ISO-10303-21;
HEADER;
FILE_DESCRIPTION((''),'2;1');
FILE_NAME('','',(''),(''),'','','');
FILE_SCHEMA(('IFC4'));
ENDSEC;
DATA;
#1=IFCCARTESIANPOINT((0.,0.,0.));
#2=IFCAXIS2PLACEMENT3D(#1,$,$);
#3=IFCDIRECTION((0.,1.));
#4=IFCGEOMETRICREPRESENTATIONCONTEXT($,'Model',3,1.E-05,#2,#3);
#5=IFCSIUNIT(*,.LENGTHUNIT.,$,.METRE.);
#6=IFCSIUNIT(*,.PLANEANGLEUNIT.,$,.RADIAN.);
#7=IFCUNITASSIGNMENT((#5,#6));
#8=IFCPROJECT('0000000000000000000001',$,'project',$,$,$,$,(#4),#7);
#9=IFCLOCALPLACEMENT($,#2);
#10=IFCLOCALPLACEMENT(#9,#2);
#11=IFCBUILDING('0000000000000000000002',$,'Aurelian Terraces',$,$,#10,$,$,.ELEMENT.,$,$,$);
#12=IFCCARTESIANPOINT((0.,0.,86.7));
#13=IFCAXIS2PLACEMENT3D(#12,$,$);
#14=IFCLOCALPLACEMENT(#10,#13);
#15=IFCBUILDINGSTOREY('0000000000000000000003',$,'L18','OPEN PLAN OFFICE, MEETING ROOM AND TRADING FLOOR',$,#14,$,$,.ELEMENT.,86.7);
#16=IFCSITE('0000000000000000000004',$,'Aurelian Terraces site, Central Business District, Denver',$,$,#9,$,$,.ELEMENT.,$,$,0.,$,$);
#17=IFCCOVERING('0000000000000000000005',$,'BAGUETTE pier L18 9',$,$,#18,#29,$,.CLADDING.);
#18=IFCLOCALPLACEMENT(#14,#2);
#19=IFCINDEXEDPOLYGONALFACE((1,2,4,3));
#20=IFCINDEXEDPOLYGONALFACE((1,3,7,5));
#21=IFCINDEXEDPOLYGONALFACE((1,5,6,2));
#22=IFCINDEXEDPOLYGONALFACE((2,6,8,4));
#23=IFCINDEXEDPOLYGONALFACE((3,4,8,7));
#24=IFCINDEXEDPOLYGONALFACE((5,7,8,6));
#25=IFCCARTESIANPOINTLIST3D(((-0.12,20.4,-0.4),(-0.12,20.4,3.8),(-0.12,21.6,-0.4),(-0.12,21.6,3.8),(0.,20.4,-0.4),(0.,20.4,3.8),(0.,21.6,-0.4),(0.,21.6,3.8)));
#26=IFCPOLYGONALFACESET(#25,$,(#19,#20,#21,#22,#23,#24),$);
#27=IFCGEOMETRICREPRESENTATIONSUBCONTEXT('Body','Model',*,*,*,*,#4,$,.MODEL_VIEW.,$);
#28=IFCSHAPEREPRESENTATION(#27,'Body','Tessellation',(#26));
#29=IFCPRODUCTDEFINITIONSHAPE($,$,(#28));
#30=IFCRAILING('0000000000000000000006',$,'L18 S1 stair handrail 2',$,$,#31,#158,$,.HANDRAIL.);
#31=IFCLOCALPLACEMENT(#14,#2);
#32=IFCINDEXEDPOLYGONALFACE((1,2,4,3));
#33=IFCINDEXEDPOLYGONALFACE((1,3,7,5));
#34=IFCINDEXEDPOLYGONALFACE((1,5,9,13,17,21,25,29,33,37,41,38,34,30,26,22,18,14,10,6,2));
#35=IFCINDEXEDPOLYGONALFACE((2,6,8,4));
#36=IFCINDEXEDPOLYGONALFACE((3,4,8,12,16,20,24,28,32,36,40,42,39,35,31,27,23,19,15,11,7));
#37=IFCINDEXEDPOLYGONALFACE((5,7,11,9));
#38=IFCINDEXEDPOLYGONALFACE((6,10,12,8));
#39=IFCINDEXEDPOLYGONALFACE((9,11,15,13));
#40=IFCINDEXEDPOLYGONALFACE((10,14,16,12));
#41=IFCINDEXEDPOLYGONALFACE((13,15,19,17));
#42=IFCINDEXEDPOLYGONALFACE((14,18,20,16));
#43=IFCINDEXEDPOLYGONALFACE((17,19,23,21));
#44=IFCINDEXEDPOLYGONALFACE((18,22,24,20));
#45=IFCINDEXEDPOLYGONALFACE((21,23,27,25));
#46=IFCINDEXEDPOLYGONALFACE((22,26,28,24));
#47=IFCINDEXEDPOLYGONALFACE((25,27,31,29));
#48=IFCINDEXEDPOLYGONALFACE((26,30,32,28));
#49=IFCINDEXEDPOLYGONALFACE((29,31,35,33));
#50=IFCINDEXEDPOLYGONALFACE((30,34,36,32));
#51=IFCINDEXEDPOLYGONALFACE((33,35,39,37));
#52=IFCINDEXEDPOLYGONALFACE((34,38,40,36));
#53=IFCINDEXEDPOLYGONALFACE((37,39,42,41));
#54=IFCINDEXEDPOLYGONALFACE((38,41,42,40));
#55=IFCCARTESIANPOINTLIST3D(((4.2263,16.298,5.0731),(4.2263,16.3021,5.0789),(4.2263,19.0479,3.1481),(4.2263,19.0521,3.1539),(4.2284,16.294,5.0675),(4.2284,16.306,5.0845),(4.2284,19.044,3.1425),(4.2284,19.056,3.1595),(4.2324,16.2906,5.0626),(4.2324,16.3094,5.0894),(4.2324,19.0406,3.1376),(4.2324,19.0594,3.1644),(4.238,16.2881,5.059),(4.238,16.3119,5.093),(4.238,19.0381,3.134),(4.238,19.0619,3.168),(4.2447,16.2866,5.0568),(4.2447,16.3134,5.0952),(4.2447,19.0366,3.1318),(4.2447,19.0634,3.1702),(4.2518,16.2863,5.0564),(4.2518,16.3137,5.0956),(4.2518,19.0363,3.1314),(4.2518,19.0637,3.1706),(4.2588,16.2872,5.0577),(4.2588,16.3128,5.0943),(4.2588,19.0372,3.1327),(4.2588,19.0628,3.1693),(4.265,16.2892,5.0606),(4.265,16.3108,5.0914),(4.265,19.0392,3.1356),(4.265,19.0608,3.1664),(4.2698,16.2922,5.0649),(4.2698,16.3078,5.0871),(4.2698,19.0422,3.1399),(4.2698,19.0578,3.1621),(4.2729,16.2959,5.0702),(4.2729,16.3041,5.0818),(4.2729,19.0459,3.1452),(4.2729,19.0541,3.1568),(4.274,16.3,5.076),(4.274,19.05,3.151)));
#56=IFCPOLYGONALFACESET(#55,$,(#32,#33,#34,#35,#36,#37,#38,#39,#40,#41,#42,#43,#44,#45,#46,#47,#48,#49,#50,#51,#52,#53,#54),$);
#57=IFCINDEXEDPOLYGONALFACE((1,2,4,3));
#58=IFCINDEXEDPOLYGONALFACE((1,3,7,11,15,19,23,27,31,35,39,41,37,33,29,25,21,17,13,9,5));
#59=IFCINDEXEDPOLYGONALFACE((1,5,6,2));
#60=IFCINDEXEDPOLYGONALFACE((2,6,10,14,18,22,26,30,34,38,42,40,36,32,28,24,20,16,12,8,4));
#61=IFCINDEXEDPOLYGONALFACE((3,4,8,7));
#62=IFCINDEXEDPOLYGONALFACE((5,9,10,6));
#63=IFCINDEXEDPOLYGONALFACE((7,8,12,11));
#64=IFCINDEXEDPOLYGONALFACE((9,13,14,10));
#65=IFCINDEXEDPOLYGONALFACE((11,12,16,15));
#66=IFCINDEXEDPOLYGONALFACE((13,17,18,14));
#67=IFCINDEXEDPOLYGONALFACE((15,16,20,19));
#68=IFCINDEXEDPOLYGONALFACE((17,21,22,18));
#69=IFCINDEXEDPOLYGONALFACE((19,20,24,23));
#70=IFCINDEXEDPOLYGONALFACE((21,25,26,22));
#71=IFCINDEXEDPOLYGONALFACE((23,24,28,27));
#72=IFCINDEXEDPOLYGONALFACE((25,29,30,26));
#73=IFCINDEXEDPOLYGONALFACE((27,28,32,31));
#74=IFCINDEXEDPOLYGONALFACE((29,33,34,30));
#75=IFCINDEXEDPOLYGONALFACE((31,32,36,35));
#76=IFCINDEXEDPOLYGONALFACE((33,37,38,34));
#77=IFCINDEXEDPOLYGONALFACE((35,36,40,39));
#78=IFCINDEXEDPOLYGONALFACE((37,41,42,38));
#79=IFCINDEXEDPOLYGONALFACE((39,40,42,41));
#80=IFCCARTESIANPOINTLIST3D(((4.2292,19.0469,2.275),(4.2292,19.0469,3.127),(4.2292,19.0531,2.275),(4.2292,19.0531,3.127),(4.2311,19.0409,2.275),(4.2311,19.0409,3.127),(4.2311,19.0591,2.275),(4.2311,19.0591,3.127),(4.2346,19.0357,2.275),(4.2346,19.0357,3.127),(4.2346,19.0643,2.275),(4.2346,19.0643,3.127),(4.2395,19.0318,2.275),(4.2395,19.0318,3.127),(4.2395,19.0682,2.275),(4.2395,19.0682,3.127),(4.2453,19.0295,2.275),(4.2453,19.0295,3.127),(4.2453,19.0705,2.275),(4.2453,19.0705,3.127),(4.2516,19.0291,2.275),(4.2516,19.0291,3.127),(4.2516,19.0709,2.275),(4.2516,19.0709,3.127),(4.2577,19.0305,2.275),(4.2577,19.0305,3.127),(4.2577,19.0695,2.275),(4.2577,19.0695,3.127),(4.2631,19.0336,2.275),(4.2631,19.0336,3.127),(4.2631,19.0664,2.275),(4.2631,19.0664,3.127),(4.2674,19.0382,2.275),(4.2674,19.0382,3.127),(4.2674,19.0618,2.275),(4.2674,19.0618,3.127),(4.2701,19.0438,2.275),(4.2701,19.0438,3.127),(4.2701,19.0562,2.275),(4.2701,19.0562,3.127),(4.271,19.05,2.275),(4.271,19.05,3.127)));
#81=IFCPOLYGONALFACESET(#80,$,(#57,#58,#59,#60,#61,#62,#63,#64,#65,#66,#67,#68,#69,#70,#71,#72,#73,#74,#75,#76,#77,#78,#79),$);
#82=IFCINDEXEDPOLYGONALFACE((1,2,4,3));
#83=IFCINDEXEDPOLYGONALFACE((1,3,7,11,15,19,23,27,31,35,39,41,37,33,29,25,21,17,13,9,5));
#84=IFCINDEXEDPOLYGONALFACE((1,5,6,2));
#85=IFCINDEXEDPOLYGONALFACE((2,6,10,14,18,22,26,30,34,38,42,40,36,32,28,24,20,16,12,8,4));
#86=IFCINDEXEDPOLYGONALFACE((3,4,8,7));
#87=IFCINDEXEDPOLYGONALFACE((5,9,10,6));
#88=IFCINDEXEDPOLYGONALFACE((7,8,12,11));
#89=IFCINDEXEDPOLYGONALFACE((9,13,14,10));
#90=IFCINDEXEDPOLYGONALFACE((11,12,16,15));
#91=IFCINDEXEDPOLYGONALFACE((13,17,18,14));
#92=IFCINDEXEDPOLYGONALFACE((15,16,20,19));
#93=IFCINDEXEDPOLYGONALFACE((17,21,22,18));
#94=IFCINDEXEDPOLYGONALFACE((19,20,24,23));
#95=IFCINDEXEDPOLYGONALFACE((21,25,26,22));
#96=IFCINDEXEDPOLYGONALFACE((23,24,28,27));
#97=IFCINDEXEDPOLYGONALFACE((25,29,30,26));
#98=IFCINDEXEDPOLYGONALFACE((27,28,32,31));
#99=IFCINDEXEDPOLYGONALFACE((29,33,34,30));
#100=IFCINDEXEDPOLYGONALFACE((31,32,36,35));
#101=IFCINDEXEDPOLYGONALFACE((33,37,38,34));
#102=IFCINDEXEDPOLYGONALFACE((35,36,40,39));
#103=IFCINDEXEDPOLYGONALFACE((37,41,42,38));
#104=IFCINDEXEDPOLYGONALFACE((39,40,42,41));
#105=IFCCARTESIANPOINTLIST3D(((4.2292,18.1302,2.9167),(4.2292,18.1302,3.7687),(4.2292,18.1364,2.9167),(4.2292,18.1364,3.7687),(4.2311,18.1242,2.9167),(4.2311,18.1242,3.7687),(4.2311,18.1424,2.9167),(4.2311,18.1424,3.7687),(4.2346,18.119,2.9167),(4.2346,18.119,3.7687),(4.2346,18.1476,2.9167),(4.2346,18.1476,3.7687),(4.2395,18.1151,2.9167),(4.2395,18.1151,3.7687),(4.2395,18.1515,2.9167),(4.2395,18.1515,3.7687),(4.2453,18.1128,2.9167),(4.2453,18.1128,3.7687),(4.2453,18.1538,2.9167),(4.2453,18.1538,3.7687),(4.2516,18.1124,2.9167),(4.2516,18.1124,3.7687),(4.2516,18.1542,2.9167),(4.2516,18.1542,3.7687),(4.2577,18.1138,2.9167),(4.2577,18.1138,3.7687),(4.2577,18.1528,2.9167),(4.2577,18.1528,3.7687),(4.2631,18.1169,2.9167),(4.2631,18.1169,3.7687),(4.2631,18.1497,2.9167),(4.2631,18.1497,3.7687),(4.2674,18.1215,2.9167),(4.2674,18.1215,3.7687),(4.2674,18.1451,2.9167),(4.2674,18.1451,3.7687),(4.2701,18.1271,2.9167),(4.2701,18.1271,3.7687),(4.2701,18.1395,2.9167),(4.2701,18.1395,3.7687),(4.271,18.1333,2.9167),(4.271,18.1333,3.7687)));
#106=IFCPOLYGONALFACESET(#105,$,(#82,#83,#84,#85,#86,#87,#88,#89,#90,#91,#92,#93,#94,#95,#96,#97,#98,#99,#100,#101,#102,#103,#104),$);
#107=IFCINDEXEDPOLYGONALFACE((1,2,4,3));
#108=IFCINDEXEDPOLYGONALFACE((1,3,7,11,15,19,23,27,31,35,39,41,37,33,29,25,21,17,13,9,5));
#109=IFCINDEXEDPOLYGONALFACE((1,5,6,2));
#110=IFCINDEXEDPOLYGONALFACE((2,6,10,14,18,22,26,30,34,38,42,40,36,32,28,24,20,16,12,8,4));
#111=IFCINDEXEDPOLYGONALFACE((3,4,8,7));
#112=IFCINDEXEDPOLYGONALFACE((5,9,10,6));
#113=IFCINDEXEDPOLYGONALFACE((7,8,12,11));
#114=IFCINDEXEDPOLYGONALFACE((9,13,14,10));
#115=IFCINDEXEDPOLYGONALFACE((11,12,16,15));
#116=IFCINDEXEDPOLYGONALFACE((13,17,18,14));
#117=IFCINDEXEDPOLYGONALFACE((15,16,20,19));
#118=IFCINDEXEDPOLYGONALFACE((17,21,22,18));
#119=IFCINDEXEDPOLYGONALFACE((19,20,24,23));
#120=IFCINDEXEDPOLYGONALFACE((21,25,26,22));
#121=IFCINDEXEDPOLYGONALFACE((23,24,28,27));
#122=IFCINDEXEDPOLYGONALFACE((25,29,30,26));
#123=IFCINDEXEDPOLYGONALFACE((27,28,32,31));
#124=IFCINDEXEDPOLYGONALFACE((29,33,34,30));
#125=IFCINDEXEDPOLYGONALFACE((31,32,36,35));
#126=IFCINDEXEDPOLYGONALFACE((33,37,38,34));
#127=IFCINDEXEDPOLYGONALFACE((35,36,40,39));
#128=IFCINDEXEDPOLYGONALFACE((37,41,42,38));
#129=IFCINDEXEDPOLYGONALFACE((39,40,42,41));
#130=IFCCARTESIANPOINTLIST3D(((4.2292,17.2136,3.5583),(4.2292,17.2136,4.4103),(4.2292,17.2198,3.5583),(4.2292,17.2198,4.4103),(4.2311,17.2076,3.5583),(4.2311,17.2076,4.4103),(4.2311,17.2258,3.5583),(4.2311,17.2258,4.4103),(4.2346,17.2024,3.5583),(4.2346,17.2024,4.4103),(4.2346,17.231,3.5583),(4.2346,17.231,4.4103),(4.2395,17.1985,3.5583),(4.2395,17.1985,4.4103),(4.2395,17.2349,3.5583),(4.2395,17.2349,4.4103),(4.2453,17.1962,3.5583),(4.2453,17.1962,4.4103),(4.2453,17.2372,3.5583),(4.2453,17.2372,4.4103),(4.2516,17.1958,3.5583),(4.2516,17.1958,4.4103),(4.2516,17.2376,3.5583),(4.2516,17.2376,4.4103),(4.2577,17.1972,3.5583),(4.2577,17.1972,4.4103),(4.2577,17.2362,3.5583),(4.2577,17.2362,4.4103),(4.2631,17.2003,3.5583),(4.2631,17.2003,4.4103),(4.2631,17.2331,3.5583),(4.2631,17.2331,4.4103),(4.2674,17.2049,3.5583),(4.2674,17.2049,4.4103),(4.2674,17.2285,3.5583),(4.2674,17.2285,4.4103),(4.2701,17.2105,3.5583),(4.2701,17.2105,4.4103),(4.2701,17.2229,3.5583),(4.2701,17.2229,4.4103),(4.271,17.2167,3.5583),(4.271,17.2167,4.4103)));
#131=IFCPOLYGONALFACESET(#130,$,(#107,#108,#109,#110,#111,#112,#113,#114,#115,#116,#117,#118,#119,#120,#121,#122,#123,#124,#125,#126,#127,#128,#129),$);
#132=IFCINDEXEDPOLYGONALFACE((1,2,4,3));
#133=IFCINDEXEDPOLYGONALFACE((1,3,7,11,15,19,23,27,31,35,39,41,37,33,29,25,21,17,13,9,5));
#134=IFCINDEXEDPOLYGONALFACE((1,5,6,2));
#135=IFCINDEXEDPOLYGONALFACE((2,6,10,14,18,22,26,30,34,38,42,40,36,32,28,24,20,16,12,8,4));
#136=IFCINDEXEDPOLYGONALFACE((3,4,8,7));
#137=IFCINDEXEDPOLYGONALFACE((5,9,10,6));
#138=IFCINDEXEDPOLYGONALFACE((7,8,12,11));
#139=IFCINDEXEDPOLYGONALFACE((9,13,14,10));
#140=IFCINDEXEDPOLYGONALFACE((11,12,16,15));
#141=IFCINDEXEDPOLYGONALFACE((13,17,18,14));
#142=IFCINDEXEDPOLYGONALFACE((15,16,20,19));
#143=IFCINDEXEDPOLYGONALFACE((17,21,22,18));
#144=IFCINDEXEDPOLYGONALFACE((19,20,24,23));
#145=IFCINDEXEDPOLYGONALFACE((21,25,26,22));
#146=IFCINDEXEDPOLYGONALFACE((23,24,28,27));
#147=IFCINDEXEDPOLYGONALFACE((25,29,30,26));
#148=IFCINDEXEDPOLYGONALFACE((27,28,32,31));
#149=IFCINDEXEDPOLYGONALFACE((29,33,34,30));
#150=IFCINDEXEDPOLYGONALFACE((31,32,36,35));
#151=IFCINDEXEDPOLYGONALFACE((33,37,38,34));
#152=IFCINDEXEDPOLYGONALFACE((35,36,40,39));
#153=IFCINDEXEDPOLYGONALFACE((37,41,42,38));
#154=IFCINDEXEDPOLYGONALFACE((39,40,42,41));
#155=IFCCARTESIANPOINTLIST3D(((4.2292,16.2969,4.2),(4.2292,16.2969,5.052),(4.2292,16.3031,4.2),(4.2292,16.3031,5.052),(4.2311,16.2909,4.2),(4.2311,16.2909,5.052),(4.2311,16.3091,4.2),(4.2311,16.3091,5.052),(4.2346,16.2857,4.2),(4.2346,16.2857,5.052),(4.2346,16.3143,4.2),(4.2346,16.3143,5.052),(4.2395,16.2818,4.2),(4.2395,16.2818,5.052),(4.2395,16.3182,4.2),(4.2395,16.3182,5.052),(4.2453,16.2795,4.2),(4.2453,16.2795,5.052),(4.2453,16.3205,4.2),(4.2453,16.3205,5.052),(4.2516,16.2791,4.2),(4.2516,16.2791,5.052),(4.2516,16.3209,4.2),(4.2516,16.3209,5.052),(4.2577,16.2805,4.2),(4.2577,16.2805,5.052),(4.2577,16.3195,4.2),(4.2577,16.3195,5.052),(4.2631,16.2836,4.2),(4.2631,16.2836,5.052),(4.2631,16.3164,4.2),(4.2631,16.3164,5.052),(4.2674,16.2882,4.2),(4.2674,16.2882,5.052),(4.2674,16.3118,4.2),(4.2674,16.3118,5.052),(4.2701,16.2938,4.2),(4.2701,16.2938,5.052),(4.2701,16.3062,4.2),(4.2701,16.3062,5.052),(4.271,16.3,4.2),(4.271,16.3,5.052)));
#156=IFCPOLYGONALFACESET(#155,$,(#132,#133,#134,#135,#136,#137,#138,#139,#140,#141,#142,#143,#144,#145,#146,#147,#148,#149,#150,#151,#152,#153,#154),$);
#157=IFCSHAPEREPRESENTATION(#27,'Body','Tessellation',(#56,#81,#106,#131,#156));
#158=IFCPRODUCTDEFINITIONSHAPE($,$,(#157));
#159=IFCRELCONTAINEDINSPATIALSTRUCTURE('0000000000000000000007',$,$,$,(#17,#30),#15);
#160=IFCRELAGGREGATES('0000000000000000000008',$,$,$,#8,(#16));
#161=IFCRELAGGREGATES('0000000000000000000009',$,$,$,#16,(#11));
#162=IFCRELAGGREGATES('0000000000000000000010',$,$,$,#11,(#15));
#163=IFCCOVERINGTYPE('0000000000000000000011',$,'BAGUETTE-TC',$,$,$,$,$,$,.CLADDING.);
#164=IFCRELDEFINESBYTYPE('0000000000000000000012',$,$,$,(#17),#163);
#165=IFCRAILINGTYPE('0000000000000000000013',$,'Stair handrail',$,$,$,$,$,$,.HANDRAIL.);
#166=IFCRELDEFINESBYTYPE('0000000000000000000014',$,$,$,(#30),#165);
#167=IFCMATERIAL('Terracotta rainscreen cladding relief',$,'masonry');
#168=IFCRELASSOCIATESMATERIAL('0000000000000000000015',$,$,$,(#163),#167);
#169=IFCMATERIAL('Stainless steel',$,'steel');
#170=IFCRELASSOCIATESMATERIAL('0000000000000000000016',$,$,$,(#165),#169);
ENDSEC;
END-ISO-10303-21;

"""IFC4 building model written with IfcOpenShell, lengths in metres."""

from ifc_helpers import new_model, si_unit, direction, frame, origin, origin_2d, place, context, subcontext, project, spatial, rectangle, circle, extrude, source, transform, mapped, material, type_object, element, save


model = new_model("IFC4")

# Units and contexts
model_context = context("Model", 3, precision=1e-05, world=origin(), true_north=direction((0.0, 1.0)))
body_context = subcontext(model_context, "Body", "Model", "MODEL_VIEW")
ifc_project = project(units=[si_unit("LENGTHUNIT", "METRE"), si_unit("PLANEANGLEUNIT", "RADIAN")], contexts=[model_context])

# Site, building, storey
site_placement = place(None, origin())
site = spatial("IfcSite", under=ifc_project, at=site_placement, Name="Aurelian Terraces site, Central Business District, Denver", CompositionType="ELEMENT", RefElevation=0.0)
building_placement = place(site_placement, origin())
building = spatial("IfcBuilding", under=site, at=building_placement, Name="Aurelian Terraces", CompositionType="ELEMENT")
storey_placement = place(building_placement, frame((0.0, 0.0, 86.7)))
storey = spatial("IfcBuildingStorey", under=building, at=storey_placement, Name="L18", Description="OPEN PLAN OFFICE, MEETING ROOM AND TRADING FLOOR", CompositionType="ELEMENT", Elevation=86.7)

# Shared definitions
ifc_material_1 = material(Name="Stainless steel", Category="steel")

# Covering
ifc_material_2 = material(Name="Terracotta rainscreen cladding relief", Category="masonry")
covering_type = type_object("IfcCoveringType", Name="BAGUETTE-TC", PredefinedType="CLADDING", material=ifc_material_2)
shared_shape_1 = source(origin(), body_context, "Body", "SweptSolid", [
    extrude(rectangle(XDim=0.12, YDim=1.2, at=origin_2d()), origin(), (0.0, 0.0, 1.0), 4.2),
])
covering_placement = place(storey_placement, frame((-0.06, 21.0, -0.4), z_axis=(0.0, 0.0, 1.0), x_axis=(1.0, 0.0, 0.0)))
element("IfcCovering", 1, at=covering_placement, inside=storey, type_object=covering_type, Name="BAGUETTE pier L18 9", PredefinedType="CLADDING", context=body_context, shape_type="MappedRepresentation", body=[
    mapped(shared_shape_1, transform((0.0, 0.0, 0.0), scale=1.0)),
])

# Railing
railing_type = type_object("IfcRailingType", Name="Stair handrail", PredefinedType="HANDRAIL", material=ifc_material_1)
shared_shape_2 = source(origin(), body_context, "Body", "SweptSolid", [
    extrude(circle(Radius=0.024, at=origin_2d()), frame((0.0, 0.0, 0.876), z_axis=(0.0, -0.819232, 0.573462), x_axis=(1.0, 0.0, 0.0)), (0.0, 0.0, 1.0), 3.3568),
    extrude(circle(Radius=0.021, at=origin_2d()), origin(), (0.0, 0.0, 1.0), 0.852),
    extrude(circle(Radius=0.021, at=origin_2d()), frame((0.0, -0.9167, 0.6417)), (0.0, 0.0, 1.0), 0.852),
    extrude(circle(Radius=0.021, at=origin_2d()), frame((0.0, -1.8333, 1.2833)), (0.0, 0.0, 1.0), 0.852),
    extrude(circle(Radius=0.021, at=origin_2d()), frame((0.0, -2.75, 1.925)), (0.0, 0.0, 1.0), 0.852),
])
railing_placement = place(storey_placement, frame((4.25, 19.05, 2.275)))
element("IfcRailing", 2, at=railing_placement, inside=storey, type_object=railing_type, Name="L18 S1 stair handrail 2", PredefinedType="HANDRAIL", context=body_context, shape_type="MappedRepresentation", body=[
    mapped(shared_shape_2, transform((0.0, 0.0, 0.0), scale=1.0)),
])

save(model, "model.ifc")
